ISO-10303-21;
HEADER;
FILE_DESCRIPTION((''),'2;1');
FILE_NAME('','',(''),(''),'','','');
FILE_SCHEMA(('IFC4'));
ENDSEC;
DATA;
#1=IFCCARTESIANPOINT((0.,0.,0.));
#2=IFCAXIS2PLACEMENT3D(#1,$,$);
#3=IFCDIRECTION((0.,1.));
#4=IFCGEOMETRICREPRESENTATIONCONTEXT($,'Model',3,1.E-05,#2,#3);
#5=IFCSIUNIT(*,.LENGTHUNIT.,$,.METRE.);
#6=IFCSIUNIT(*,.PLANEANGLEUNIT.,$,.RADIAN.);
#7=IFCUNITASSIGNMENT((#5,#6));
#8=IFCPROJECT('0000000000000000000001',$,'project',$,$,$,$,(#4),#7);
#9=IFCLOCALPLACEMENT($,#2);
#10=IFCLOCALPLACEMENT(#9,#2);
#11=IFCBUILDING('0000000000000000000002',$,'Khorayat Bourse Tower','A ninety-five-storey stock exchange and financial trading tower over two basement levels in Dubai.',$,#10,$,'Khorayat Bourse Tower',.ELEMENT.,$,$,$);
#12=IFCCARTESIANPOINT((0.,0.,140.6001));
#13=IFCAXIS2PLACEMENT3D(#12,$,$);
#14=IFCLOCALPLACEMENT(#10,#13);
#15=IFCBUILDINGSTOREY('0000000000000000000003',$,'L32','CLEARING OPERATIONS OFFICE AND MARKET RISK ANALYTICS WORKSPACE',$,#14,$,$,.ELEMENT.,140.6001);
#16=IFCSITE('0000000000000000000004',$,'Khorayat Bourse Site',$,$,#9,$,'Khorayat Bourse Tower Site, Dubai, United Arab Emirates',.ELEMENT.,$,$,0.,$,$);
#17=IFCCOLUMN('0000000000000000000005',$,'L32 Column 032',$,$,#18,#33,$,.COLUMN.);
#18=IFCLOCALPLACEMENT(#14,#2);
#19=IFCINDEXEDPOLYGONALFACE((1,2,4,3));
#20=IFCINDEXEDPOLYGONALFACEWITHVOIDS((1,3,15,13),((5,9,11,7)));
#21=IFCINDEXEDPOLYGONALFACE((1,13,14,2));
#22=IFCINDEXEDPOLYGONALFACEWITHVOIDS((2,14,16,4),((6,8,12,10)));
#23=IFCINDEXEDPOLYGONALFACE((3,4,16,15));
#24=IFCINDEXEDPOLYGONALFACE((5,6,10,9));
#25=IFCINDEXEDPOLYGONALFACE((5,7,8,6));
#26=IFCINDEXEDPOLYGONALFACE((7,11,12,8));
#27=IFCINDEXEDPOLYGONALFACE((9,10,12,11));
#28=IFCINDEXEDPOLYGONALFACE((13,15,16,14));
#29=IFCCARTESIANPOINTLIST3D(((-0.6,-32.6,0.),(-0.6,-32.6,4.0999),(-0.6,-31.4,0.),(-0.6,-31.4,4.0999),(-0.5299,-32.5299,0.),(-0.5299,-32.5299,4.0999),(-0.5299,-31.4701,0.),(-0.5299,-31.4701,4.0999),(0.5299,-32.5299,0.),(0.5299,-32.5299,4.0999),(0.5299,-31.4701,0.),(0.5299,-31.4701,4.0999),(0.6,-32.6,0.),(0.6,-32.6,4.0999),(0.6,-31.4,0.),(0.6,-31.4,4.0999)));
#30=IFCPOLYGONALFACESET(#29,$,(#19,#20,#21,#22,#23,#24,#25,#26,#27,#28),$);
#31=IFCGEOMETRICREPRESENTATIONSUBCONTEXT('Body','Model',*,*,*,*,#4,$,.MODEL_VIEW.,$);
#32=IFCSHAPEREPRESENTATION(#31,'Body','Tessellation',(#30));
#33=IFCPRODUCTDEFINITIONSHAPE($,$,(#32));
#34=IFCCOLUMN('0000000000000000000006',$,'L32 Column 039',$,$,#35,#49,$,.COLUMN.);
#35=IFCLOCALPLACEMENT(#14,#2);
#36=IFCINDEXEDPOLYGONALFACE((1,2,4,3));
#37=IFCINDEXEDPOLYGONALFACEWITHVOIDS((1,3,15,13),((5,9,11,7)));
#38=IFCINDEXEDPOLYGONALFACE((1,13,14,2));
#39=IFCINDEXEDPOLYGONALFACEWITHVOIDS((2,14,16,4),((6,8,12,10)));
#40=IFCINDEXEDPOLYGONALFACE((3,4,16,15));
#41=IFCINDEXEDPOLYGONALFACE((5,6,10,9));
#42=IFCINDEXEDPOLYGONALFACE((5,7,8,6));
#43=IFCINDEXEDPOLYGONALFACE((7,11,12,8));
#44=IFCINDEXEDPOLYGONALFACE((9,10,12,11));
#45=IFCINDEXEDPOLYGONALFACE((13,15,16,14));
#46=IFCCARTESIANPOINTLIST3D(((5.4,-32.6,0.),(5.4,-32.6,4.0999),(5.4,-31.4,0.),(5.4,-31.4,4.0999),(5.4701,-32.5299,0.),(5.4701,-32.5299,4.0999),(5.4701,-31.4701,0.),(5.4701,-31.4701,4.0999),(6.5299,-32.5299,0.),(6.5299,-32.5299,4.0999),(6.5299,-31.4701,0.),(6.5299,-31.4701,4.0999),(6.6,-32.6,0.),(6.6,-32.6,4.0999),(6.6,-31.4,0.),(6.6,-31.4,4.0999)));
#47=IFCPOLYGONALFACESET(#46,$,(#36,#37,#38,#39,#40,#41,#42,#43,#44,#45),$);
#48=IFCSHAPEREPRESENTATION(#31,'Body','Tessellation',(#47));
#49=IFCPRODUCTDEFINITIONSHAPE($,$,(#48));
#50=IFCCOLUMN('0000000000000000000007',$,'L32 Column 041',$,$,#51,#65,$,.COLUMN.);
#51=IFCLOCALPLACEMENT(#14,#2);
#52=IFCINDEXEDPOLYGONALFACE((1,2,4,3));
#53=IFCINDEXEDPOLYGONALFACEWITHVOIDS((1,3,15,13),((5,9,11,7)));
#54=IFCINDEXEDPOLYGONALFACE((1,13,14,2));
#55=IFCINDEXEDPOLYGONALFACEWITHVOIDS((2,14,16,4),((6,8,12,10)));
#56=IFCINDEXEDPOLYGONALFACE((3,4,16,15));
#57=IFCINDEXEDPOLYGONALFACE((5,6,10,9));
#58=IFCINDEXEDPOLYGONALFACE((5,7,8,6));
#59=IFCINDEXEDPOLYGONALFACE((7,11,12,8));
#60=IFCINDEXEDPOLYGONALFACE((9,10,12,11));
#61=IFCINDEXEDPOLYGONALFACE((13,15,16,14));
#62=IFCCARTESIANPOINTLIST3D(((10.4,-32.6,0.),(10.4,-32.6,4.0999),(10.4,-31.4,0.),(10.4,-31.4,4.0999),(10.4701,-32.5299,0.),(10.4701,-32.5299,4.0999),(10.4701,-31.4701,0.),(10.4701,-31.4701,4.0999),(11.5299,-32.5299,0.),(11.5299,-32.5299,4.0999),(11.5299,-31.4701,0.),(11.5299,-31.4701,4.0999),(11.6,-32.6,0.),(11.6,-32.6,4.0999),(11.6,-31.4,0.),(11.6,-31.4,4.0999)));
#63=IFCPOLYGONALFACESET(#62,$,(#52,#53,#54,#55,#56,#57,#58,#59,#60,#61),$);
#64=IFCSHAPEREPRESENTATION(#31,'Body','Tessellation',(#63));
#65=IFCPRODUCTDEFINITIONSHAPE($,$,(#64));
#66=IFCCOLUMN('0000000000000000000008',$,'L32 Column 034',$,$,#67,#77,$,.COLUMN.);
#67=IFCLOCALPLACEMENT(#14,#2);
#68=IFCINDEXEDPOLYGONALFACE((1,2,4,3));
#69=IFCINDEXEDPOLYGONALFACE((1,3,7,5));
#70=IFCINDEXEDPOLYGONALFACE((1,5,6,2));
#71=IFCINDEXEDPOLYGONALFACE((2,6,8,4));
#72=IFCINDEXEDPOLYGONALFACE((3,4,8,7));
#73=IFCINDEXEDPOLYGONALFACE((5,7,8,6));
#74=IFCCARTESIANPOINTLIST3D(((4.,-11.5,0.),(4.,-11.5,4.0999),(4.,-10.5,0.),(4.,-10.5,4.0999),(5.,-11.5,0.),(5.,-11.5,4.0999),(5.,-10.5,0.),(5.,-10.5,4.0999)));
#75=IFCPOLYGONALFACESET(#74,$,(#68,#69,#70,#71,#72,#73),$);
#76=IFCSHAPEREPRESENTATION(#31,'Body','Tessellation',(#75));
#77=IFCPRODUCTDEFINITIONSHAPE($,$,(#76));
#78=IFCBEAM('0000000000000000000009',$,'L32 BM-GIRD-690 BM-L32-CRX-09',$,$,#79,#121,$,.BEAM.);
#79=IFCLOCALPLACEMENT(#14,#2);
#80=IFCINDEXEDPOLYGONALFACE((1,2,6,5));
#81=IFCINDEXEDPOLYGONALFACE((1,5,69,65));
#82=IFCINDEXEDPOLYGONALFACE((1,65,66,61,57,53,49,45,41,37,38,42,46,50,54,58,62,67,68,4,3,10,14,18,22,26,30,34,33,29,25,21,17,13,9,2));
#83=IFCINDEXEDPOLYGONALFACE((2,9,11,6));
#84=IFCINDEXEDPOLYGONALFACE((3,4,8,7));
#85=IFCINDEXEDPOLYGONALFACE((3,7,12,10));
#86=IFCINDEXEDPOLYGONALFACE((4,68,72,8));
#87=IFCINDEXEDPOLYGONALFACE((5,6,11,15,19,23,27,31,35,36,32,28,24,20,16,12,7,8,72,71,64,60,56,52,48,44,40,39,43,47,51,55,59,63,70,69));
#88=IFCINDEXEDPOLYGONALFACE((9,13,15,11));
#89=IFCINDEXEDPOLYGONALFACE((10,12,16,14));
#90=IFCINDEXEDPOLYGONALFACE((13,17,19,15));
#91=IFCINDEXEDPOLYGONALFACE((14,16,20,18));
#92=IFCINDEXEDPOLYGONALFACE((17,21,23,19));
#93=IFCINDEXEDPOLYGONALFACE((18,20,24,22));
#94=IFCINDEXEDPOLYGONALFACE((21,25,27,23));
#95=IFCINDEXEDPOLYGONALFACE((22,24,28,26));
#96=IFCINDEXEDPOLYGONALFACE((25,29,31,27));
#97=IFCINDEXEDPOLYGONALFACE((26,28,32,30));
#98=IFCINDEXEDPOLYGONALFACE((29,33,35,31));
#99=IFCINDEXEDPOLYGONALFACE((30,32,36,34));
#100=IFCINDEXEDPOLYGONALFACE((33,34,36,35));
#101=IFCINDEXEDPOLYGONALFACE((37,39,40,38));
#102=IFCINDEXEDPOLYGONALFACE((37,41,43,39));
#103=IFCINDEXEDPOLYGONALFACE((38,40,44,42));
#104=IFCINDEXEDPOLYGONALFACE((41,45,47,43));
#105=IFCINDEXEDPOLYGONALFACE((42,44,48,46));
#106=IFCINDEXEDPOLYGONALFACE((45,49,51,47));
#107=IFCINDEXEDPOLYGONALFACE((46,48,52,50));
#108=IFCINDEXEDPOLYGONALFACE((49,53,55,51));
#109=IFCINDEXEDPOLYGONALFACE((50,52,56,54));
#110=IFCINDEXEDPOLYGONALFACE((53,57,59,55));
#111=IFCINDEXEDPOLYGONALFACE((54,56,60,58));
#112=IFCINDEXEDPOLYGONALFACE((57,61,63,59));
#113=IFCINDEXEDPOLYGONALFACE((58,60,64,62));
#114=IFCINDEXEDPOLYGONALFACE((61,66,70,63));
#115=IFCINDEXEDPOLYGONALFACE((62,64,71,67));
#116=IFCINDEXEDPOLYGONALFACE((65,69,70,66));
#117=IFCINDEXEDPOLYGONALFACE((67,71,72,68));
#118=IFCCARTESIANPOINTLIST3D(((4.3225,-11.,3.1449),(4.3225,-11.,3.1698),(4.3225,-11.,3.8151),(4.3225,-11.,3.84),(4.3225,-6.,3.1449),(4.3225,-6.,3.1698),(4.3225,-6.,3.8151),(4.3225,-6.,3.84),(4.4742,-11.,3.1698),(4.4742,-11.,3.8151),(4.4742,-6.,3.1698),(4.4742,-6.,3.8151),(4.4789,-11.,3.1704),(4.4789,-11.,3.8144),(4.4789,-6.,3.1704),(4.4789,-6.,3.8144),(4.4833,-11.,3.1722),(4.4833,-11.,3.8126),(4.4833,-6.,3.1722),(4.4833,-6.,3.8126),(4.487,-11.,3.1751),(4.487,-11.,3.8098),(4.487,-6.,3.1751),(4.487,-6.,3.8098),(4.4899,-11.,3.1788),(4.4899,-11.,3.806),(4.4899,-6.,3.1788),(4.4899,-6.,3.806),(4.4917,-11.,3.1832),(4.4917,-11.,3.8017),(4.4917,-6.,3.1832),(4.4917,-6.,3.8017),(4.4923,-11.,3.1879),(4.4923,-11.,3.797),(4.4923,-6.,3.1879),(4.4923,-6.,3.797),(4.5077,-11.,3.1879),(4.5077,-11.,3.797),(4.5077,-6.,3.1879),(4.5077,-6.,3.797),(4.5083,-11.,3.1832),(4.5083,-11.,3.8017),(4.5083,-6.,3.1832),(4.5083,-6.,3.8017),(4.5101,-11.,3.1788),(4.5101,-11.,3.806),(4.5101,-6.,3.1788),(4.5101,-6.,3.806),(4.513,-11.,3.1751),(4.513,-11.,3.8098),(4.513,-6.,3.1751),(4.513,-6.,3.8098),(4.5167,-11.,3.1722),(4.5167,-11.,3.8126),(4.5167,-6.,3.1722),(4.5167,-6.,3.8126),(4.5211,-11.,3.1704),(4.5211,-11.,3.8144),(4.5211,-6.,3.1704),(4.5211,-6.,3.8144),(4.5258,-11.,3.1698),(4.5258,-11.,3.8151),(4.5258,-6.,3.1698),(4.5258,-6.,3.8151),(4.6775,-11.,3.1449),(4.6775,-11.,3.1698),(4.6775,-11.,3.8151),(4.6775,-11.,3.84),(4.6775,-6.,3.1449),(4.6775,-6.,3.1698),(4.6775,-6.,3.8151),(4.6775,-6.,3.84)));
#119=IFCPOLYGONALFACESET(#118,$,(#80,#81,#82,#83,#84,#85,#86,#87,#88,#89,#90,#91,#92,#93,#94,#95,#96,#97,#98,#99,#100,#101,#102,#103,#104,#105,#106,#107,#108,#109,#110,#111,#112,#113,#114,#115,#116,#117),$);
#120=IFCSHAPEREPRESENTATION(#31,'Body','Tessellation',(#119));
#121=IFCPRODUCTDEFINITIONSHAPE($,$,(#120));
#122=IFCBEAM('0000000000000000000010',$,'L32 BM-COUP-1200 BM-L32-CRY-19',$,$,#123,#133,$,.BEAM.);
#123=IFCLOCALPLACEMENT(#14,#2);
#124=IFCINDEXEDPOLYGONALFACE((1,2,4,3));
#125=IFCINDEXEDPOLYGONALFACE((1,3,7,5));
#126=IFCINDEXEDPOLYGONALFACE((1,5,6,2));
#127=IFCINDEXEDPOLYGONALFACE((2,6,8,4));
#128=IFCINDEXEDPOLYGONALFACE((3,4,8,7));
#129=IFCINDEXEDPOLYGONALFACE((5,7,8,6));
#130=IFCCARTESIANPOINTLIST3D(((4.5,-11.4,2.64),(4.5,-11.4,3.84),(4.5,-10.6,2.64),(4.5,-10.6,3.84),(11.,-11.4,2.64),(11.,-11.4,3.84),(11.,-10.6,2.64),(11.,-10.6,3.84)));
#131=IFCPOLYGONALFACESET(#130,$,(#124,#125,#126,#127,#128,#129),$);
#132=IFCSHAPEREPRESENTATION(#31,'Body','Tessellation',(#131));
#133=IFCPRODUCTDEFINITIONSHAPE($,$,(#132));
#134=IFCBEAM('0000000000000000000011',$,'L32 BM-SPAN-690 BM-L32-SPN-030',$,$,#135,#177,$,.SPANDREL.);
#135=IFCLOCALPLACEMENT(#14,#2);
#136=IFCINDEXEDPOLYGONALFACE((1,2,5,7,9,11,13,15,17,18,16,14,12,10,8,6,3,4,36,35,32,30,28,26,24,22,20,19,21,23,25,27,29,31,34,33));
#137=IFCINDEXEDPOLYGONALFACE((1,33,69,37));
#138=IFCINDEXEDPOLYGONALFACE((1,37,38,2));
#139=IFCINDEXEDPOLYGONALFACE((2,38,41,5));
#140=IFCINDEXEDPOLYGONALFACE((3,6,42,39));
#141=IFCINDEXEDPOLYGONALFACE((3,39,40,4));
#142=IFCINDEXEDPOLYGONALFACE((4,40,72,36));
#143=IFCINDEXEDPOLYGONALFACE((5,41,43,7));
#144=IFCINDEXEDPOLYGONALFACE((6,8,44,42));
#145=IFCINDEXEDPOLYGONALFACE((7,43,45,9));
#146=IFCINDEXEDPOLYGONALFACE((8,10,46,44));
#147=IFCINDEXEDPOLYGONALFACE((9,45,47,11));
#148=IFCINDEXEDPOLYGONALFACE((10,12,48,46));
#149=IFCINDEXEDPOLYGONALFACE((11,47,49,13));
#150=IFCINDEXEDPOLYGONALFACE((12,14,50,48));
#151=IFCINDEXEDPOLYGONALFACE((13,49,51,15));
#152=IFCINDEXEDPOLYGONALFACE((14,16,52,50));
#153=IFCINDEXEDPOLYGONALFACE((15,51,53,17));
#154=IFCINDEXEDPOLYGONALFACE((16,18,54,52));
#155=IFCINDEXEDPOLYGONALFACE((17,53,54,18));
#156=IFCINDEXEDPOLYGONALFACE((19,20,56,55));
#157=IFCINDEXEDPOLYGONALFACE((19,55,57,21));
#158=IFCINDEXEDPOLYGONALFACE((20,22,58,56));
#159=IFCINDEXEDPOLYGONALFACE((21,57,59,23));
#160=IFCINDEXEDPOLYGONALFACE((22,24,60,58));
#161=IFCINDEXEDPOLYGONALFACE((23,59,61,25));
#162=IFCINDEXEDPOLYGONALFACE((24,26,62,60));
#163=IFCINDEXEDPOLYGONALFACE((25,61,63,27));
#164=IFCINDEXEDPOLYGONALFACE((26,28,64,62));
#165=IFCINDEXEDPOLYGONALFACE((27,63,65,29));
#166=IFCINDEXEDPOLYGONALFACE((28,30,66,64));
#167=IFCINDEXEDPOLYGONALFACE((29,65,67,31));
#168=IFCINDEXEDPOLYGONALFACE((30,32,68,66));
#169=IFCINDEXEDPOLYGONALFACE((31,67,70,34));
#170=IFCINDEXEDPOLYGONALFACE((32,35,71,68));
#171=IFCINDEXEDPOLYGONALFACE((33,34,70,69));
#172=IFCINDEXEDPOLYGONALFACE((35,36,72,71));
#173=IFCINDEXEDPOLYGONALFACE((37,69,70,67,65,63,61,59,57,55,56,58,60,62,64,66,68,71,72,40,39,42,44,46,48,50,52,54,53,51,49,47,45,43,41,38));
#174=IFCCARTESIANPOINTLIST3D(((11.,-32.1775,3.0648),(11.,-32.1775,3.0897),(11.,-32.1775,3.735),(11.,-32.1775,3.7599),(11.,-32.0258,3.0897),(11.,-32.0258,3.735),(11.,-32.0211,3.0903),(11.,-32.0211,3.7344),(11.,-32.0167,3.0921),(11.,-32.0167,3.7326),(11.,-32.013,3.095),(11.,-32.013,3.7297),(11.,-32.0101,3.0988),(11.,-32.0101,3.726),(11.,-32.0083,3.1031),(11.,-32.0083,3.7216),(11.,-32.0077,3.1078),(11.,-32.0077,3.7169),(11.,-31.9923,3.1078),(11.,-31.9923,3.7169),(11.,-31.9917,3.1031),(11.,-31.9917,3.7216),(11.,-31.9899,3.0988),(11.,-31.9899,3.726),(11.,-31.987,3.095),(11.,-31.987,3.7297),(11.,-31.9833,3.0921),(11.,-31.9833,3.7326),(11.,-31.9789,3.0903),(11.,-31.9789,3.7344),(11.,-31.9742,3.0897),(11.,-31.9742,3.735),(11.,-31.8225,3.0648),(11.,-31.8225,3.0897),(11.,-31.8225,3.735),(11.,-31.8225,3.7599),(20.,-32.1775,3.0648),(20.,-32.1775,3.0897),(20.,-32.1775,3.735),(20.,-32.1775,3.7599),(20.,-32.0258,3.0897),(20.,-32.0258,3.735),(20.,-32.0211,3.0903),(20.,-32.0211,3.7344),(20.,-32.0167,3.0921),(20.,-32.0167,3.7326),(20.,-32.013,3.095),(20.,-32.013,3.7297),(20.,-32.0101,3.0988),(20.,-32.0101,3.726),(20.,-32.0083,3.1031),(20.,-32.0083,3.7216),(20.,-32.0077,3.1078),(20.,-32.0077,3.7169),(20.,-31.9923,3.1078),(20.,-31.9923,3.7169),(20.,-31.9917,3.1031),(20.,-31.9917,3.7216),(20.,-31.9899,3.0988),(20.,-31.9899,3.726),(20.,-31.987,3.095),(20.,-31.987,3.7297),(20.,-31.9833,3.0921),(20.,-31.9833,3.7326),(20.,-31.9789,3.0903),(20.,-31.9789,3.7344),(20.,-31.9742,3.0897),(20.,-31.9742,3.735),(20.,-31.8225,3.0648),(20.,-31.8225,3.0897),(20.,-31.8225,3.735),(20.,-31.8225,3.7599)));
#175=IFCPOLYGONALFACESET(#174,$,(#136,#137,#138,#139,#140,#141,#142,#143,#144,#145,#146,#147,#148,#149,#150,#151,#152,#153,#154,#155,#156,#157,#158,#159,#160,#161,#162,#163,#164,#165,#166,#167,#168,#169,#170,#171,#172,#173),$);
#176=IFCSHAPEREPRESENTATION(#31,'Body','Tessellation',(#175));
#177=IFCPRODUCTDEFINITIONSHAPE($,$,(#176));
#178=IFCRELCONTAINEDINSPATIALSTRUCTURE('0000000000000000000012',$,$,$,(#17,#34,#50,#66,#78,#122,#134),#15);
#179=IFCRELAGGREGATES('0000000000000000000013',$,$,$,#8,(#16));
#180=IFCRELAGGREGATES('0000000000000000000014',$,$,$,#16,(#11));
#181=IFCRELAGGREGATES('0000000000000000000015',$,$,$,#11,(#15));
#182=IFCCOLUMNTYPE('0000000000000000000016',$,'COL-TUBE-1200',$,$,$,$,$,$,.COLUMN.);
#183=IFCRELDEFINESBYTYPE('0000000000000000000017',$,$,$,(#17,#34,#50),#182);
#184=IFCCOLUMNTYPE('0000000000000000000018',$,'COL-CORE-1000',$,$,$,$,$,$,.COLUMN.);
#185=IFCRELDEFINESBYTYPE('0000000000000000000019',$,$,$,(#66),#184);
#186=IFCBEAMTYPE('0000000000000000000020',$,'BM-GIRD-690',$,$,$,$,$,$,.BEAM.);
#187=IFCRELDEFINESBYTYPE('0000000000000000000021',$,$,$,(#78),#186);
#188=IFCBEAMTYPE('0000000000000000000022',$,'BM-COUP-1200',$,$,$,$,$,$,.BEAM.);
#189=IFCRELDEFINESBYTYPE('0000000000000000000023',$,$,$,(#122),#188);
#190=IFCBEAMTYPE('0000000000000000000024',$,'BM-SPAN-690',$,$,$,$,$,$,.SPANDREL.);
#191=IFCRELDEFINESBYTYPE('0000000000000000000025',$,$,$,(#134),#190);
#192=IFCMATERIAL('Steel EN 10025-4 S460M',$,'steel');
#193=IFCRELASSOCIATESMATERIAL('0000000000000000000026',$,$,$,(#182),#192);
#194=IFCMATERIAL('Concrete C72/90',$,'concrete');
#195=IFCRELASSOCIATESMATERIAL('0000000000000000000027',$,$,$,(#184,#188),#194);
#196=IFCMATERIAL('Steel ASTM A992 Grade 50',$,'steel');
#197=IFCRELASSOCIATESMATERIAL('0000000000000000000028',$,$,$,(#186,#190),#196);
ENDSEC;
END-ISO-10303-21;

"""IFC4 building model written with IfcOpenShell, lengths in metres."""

from ifc_helpers import new_model, si_unit, direction, frame, origin, origin_2d, place, context, subcontext, project, spatial, rectangle, hollow_rectangle, i_section, extrude, source, transform, mapped, material, material_profile, profile_set, type_object, element, save


model = new_model("IFC4")

# Units and contexts
model_context = context("Model", 3, precision=1e-05, world=origin(), true_north=direction((0.0, 1.0)))
body_context = subcontext(model_context, "Body", "Model", "MODEL_VIEW")
ifc_project = project(units=[si_unit("LENGTHUNIT", "METRE"), si_unit("PLANEANGLEUNIT", "RADIAN")], contexts=[model_context])

# Site, building, storey
site_placement = place(None, origin())
site = spatial("IfcSite", under=ifc_project, at=site_placement, Name="Khorayat Bourse Site", LongName="Khorayat Bourse Tower Site, Dubai, United Arab Emirates", CompositionType="ELEMENT", RefElevation=0.0)
building_placement = place(site_placement, origin())
building = spatial("IfcBuilding", under=site, at=building_placement, Name="Khorayat Bourse Tower", Description="A ninety-five-storey stock exchange and financial trading tower over two basement levels in Dubai.", LongName="Khorayat Bourse Tower", CompositionType="ELEMENT")
storey_placement = place(building_placement, frame((0.0, 0.0, 140.6001)))
storey = spatial("IfcBuildingStorey", under=building, at=storey_placement, Name="L32", Description="CLEARING OPERATIONS OFFICE AND MARKET RISK ANALYTICS WORKSPACE", CompositionType="ELEMENT", Elevation=140.6001)

# Columns
ifc_material_1 = material(Name="Steel EN 10025-4 S460M", Category="steel")
ifc_material_profile_1 = material_profile(ifc_material_1, hollow_rectangle(XDim=1.2, YDim=1.2, WallThickness=0.0701, at=origin_2d()), Name="BOX 1200x1200x70")
ifc_profile_set_1 = profile_set([ifc_material_profile_1], Name="Steel EN 10025-4 S460M")
column_type_1 = type_object("IfcColumnType", Name="COL-TUBE-1200", PredefinedType="COLUMN", material=ifc_profile_set_1)
shared_shape_1 = source(origin(), body_context, "Body", "SweptSolid", [
    extrude(hollow_rectangle(XDim=1.2, YDim=1.2, WallThickness=0.0701, at=origin_2d()), origin(), (0.0, 0.0, 1.0), 4.0999),
])
for number, where, z_axis, x_axis, name in (
    (1, (0.0, -32.0, 0.0), (0.0, 0.0, 1.0), (1.0, 0.0, 0.0), "L32 Column 032"),
    (2, (6.0, -32.0, 0.0), (0.0, 0.0, 1.0), (1.0, 0.0, 0.0), "L32 Column 039"),
    (3, (11.0, -32.0, 0.0), (0.0, 0.0, 1.0), (1.0, 0.0, 0.0), "L32 Column 041"),
):
    element("IfcColumn", number, at=place(storey_placement, frame(where, z_axis=z_axis, x_axis=x_axis)), inside=storey, type_object=column_type_1, Name=name, PredefinedType="COLUMN", context=body_context, shape_type="MappedRepresentation", body=[
        mapped(shared_shape_1, transform((0.0, 0.0, 0.0), scale=1.0)),
    ])
ifc_material_2 = material(Name="Concrete C72/90", Category="concrete")
ifc_material_profile_2 = material_profile(ifc_material_2, rectangle(XDim=1.0, YDim=1.0, at=origin_2d()), Name="RC 1000x1000")
ifc_profile_set_2 = profile_set([ifc_material_profile_2], Name="Concrete C72/90")
column_type_2 = type_object("IfcColumnType", Name="COL-CORE-1000", PredefinedType="COLUMN", material=ifc_profile_set_2)
shared_shape_2 = source(origin(), body_context, "Body", "SweptSolid", [
    extrude(rectangle(XDim=1.0, YDim=1.0, at=origin_2d()), origin(), (0.0, 0.0, 1.0), 4.0999),
])
column_placement = place(storey_placement, frame((4.5, -11.0, 0.0), z_axis=(0.0, 0.0, 1.0), x_axis=(1.0, 0.0, 0.0)))
element("IfcColumn", 4, at=column_placement, inside=storey, type_object=column_type_2, Name="L32 Column 034", PredefinedType="COLUMN", context=body_context, shape_type="MappedRepresentation", body=[
    mapped(shared_shape_2, transform((0.0, 0.0, 0.0), scale=1.0)),
])

# Beams
ifc_material_3 = material(Name="Steel ASTM A992 Grade 50", Category="steel")
ifc_material_profile_3 = material_profile(ifc_material_3, i_section(OverallWidth=0.355, OverallDepth=0.6951, WebThickness=0.0154, FlangeThickness=0.0249, FilletRadius=0.0181, at=origin_2d()), Name="W690X217")
ifc_profile_set_3 = profile_set([ifc_material_profile_3], Name="Steel ASTM A992 Grade 50")
beam_type_1 = type_object("IfcBeamType", Name="BM-GIRD-690", PredefinedType="BEAM", material=ifc_profile_set_3)
shared_shape_3 = source(origin(), body_context, "Body", "SweptSolid", [
    extrude(i_section(OverallWidth=0.355, OverallDepth=0.6951, WebThickness=0.0154, FlangeThickness=0.0249, FilletRadius=0.0181, at=origin_2d()), origin(), (0.0, 0.0, 1.0), 5.0),
])
beam_1_placement = place(storey_placement, frame((4.5, -11.0, 3.4924), z_axis=(0.0, 1.0, 0.0), x_axis=(-1.0, 0.0, 0.0)))
element("IfcBeam", 5, at=beam_1_placement, inside=storey, type_object=beam_type_1, Name="L32 BM-GIRD-690 BM-L32-CRX-09", PredefinedType="BEAM", context=body_context, shape_type="MappedRepresentation", body=[
    mapped(shared_shape_3, transform((0.0, 0.0, 0.0), scale=1.0)),
])
ifc_material_profile_4 = material_profile(ifc_material_2, rectangle(XDim=0.8, YDim=1.2, at=origin_2d()), Name="RC 800x1200")
ifc_profile_set_4 = profile_set([ifc_material_profile_4], Name="Concrete C72/90")
beam_type_2 = type_object("IfcBeamType", Name="BM-COUP-1200", PredefinedType="BEAM", material=ifc_profile_set_4)
shared_shape_4 = source(origin(), body_context, "Body", "SweptSolid", [
    extrude(rectangle(XDim=0.8, YDim=1.2, at=origin_2d()), origin(), (0.0, 0.0, 1.0), 6.5),
])
beam_2_placement = place(storey_placement, frame((4.5, -11.0, 3.24), z_axis=(1.0, 0.0, 0.0), x_axis=(0.0, 1.0, 0.0)))
element("IfcBeam", 6, at=beam_2_placement, inside=storey, type_object=beam_type_2, Name="L32 BM-COUP-1200 BM-L32-CRY-19", PredefinedType="BEAM", context=body_context, shape_type="MappedRepresentation", body=[
    mapped(shared_shape_4, transform((0.0, 0.0, 0.0), scale=1.0)),
])
ifc_material_profile_5 = material_profile(ifc_material_3, i_section(OverallWidth=0.355, OverallDepth=0.6951, WebThickness=0.0154, FlangeThickness=0.0249, FilletRadius=0.0181, at=origin_2d()), Name="W690X217")
ifc_profile_set_5 = profile_set([ifc_material_profile_5], Name="Steel ASTM A992 Grade 50")
beam_type_3 = type_object("IfcBeamType", Name="BM-SPAN-690", PredefinedType="SPANDREL", material=ifc_profile_set_5)
shared_shape_5 = source(origin(), body_context, "Body", "SweptSolid", [
    extrude(i_section(OverallWidth=0.355, OverallDepth=0.6951, WebThickness=0.0154, FlangeThickness=0.0249, FilletRadius=0.0181, at=origin_2d()), origin(), (0.0, 0.0, 1.0), 9.0),
])
beam_3_placement = place(storey_placement, frame((11.0, -32.0, 3.4124), z_axis=(1.0, 0.0, 0.0), x_axis=(0.0, 1.0, 0.0)))
element("IfcBeam", 7, at=beam_3_placement, inside=storey, type_object=beam_type_3, Name="L32 BM-SPAN-690 BM-L32-SPN-030", PredefinedType="SPANDREL", context=body_context, shape_type="MappedRepresentation", body=[
    mapped(shared_shape_5, transform((0.0, 0.0, 0.0), scale=1.0)),
])

save(model, "model.ifc")
